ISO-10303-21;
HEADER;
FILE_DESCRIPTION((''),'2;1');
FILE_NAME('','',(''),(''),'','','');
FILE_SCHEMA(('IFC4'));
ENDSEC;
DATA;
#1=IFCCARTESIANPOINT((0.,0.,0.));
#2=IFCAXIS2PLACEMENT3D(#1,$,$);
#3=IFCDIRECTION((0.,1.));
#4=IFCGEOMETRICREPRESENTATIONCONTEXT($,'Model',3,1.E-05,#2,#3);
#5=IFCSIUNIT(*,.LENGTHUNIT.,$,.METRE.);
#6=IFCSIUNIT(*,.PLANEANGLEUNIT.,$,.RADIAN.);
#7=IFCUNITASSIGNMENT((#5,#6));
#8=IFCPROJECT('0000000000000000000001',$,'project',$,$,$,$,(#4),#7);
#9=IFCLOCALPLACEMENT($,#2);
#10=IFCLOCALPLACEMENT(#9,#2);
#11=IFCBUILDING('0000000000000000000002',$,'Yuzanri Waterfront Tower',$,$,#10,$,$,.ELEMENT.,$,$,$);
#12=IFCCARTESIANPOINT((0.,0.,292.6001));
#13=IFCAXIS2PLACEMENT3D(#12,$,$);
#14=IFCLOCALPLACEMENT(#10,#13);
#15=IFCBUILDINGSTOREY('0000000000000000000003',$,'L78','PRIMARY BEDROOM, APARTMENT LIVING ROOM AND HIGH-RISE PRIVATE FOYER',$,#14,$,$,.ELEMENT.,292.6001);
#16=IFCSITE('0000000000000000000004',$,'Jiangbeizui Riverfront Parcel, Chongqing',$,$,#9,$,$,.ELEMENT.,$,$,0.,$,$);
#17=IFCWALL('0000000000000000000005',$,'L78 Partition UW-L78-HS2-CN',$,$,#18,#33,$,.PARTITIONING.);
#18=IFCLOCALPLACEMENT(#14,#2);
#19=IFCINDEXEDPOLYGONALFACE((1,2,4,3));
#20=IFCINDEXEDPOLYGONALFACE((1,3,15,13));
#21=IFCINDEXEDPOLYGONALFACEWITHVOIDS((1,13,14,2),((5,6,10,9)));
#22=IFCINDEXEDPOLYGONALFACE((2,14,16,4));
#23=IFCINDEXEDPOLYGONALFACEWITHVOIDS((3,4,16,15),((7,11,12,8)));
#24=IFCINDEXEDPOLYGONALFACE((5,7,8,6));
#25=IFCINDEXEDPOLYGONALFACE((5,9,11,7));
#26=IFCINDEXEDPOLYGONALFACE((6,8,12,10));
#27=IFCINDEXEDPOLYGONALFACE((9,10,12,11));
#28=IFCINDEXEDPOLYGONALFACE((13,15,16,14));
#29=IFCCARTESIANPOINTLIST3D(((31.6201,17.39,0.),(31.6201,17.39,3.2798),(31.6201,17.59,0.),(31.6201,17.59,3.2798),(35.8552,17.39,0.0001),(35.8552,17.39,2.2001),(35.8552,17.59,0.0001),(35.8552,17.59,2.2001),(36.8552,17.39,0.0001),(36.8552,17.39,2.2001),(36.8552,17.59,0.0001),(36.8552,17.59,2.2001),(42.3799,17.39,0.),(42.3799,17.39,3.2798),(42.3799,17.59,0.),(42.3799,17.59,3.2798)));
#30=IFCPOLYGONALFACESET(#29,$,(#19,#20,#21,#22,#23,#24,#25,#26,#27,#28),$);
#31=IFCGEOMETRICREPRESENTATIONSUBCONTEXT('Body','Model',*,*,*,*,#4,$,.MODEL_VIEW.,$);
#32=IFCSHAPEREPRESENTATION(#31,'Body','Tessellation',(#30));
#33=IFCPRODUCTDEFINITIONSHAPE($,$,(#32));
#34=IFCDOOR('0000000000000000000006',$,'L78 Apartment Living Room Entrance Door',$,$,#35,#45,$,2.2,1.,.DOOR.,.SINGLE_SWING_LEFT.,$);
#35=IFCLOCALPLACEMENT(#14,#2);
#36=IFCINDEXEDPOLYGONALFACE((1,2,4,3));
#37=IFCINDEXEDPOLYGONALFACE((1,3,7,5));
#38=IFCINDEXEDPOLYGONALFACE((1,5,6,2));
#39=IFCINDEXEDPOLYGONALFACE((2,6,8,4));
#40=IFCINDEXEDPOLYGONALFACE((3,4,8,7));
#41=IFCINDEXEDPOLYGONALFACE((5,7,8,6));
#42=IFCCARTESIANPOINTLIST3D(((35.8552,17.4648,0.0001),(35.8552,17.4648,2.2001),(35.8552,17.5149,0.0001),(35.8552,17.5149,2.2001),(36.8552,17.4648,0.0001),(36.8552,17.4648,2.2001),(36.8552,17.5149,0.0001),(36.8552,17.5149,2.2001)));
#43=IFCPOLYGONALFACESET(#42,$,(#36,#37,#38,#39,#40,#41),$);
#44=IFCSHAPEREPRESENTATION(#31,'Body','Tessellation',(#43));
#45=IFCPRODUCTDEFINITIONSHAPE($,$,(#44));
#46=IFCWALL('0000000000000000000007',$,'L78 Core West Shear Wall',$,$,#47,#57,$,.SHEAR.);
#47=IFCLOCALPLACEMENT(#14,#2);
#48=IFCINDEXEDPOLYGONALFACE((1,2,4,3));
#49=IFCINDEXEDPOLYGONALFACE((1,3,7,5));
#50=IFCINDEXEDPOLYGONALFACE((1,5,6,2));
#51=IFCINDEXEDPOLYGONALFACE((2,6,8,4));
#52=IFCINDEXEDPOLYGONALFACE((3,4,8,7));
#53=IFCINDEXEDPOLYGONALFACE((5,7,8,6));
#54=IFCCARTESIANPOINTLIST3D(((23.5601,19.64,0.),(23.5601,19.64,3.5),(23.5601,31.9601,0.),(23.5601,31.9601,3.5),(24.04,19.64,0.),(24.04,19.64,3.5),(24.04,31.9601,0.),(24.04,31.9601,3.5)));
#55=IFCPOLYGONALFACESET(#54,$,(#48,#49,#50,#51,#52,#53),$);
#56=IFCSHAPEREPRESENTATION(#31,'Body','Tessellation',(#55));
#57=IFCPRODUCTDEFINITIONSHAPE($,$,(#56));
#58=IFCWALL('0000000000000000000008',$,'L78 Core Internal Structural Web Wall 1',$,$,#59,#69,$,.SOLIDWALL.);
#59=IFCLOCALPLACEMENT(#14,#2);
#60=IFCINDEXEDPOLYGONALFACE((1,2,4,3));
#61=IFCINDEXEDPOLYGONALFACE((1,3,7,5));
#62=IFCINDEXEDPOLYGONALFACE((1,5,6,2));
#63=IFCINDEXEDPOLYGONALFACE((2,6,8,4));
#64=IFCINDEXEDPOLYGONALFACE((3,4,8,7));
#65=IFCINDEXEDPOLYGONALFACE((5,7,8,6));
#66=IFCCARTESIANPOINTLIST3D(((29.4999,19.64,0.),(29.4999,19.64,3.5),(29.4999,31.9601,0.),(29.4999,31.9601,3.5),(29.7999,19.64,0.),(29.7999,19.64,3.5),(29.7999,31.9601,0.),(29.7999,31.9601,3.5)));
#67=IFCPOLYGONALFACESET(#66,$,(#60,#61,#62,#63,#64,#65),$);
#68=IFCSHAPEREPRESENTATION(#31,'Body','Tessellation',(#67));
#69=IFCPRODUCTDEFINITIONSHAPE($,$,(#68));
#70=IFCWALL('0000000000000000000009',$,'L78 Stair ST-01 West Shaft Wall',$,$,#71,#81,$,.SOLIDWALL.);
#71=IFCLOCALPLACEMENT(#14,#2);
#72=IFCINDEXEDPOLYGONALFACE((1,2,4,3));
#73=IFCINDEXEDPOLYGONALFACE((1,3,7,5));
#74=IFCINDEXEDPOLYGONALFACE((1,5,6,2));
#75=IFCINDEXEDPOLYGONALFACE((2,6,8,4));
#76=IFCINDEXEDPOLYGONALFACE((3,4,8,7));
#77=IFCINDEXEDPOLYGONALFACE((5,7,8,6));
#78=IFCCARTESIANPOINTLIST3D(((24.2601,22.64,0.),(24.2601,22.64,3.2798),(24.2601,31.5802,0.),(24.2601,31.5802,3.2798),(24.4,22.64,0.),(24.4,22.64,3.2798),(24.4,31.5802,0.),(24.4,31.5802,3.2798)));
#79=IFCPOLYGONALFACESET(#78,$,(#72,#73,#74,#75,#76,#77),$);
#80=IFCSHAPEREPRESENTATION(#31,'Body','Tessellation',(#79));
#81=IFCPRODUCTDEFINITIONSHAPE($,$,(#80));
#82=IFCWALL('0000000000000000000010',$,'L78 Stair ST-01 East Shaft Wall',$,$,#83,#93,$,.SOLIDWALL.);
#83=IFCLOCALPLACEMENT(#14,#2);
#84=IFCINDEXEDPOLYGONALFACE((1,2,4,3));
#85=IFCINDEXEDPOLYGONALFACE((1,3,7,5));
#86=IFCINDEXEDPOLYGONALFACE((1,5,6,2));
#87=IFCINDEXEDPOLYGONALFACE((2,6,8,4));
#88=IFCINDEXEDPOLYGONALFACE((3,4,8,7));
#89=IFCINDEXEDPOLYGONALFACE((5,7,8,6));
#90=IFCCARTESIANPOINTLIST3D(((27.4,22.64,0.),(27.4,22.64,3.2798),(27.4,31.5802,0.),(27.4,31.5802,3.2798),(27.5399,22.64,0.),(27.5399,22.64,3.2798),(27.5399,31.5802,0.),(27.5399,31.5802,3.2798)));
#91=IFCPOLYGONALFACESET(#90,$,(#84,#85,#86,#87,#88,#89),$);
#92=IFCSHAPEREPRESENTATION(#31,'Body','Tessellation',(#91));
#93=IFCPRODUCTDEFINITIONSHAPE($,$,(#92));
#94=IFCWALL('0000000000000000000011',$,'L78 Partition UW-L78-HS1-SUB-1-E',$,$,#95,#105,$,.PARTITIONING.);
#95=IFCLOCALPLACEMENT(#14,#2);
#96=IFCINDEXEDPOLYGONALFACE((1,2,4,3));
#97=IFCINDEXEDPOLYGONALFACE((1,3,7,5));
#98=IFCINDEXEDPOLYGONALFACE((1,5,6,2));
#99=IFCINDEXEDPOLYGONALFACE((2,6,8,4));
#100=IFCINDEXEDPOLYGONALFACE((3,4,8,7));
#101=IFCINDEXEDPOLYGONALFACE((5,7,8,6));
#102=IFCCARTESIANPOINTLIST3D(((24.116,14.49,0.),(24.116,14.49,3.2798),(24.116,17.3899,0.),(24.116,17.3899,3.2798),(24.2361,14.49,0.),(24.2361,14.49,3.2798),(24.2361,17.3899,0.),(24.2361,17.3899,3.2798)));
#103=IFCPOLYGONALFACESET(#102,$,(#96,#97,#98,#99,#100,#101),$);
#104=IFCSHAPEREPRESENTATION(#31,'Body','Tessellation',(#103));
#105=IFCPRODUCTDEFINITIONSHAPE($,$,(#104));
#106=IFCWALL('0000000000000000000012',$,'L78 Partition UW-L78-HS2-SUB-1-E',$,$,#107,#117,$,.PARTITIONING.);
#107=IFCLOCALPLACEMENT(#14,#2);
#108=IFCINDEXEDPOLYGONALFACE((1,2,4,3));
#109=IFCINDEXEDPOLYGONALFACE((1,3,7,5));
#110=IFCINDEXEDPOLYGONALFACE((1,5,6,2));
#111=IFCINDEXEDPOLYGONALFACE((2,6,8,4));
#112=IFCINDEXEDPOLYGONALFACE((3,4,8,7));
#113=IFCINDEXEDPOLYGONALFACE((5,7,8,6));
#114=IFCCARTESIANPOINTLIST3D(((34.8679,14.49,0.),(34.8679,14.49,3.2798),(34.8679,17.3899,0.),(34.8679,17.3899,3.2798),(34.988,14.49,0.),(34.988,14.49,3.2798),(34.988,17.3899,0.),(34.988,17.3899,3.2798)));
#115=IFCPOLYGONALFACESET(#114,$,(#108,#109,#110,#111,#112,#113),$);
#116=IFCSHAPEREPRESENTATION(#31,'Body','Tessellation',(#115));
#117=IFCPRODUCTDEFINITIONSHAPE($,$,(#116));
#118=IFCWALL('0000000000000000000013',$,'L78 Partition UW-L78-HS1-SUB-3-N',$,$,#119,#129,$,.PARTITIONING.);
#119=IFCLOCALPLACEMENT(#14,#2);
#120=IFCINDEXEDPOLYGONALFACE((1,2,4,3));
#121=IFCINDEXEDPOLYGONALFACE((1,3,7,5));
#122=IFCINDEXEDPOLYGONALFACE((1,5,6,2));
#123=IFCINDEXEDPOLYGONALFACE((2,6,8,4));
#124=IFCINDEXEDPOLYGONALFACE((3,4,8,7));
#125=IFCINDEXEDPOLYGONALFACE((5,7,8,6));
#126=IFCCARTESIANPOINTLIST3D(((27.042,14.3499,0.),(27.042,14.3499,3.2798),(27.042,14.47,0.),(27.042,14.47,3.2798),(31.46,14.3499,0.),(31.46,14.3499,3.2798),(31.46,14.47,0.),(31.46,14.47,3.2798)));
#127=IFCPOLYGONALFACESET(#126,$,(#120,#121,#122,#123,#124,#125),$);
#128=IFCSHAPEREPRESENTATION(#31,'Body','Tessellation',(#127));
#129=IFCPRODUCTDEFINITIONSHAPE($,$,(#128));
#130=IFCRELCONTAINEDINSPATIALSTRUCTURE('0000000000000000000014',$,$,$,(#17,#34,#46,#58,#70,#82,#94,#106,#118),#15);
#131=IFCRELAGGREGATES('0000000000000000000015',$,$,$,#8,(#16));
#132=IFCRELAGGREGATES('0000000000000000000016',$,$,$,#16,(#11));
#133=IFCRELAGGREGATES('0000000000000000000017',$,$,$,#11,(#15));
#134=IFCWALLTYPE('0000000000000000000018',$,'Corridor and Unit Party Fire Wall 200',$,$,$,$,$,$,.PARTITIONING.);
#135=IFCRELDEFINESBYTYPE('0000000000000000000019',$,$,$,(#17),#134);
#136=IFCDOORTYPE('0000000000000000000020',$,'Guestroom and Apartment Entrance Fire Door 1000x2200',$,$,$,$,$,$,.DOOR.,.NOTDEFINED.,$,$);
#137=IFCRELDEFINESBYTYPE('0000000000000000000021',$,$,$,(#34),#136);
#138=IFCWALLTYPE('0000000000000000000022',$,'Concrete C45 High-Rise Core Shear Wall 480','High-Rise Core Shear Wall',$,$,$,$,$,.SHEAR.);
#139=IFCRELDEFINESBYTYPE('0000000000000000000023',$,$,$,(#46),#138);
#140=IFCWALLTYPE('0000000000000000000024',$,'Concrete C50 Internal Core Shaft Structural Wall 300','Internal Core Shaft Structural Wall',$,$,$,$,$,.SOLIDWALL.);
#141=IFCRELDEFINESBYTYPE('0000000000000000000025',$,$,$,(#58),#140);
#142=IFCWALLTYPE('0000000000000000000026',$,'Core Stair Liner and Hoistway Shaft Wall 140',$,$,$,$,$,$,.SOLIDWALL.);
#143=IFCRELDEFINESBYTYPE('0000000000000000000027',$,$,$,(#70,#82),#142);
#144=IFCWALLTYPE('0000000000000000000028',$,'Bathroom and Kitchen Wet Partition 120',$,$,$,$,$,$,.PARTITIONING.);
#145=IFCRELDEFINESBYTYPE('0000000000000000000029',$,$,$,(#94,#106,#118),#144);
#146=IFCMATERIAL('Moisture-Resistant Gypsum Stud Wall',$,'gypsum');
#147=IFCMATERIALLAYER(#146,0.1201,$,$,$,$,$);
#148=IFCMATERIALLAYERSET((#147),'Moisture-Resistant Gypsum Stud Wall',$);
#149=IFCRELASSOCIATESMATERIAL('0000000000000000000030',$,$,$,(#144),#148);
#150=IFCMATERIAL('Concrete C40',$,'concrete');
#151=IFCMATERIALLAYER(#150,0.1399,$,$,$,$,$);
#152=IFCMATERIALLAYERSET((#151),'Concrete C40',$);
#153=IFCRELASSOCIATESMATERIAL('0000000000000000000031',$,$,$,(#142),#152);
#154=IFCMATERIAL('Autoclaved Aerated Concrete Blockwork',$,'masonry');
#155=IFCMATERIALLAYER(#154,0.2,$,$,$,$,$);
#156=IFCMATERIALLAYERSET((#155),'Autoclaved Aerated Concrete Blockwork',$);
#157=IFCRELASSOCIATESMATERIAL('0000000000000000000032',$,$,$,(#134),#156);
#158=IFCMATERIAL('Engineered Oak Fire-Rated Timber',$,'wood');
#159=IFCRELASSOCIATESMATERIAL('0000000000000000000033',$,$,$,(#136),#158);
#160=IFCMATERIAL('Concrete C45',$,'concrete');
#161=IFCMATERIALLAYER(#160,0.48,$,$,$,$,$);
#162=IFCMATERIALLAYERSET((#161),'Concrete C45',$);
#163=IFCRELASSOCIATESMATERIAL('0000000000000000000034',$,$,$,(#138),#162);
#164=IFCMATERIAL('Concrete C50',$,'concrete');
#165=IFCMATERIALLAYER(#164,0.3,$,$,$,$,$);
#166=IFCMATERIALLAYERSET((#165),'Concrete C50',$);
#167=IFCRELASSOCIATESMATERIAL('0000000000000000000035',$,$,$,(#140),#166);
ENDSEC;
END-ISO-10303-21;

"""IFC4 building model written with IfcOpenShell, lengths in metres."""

from ifc_helpers import new_model, si_unit, direction, frame, frame_2d, origin, place, context, subcontext, project, spatial, rectangle, extrude, source, transform, mapped, material, layer, layer_set, type_object, element, fill, save


model = new_model("IFC4")

# Units and contexts
model_context = context("Model", 3, precision=1e-05, world=origin(), true_north=direction((0.0, 1.0)))
body_context = subcontext(model_context, "Body", "Model", "MODEL_VIEW")
ifc_project = project(units=[si_unit("LENGTHUNIT", "METRE"), si_unit("PLANEANGLEUNIT", "RADIAN")], contexts=[model_context])

# Site, building, storey
site_placement = place(None, origin())
site = spatial("IfcSite", under=ifc_project, at=site_placement, Name="Jiangbeizui Riverfront Parcel, Chongqing", CompositionType="ELEMENT", RefElevation=0.0)
building_placement = place(site_placement, origin())
building = spatial("IfcBuilding", under=site, at=building_placement, Name="Yuzanri Waterfront Tower", CompositionType="ELEMENT")
storey_placement = place(building_placement, frame((0.0, 0.0, 292.6001)))
storey = spatial("IfcBuildingStorey", under=building, at=storey_placement, Name="L78", Description="PRIMARY BEDROOM, APARTMENT LIVING ROOM AND HIGH-RISE PRIVATE FOYER", CompositionType="ELEMENT", Elevation=292.6001)

# Wall, opening, door
ifc_material_1 = material(Name="Moisture-Resistant Gypsum Stud Wall", Category="gypsum")
ifc_layer_1 = layer(ifc_material_1, 0.1201)
ifc_layer_set_1 = layer_set([ifc_layer_1], Name="Moisture-Resistant Gypsum Stud Wall")
wall_type_1 = type_object("IfcWallType", Name="Bathroom and Kitchen Wet Partition 120", PredefinedType="PARTITIONING", material=ifc_layer_set_1)
ifc_material_2 = material(Name="Concrete C40", Category="concrete")
ifc_layer_2 = layer(ifc_material_2, 0.1399)
ifc_layer_set_2 = layer_set([ifc_layer_2], Name="Concrete C40")
wall_type_2 = type_object("IfcWallType", Name="Core Stair Liner and Hoistway Shaft Wall 140", PredefinedType="SOLIDWALL", material=ifc_layer_set_2)
ifc_material_3 = material(Name="Autoclaved Aerated Concrete Blockwork", Category="masonry")
ifc_layer_3 = layer(ifc_material_3, 0.2)
ifc_layer_set_3 = layer_set([ifc_layer_3], Name="Autoclaved Aerated Concrete Blockwork")
wall_type_3 = type_object("IfcWallType", Name="Corridor and Unit Party Fire Wall 200", PredefinedType="PARTITIONING", material=ifc_layer_set_3)
wall_1_placement = place(storey_placement, frame((31.6201, 17.49, 0.0), z_axis=(0.0, 0.0, 1.0), x_axis=(1.0, 0.0, 0.0)))
wall_1 = element("IfcWall", 1, at=wall_1_placement, inside=storey, type_object=wall_type_3, Name="L78 Partition UW-L78-HS2-CN", PredefinedType="PARTITIONING", context=body_context, shape_type="SweptSolid", body=[
    extrude(rectangle(XDim=10.7598, YDim=0.2, at=frame_2d((5.3799, 0.0))), origin(), (0.0, 0.0, 1.0), 3.2798),
])
opening_1_placement = place(wall_1_placement, frame((4.2351, 0.0, 0.0)))
opening_1 = element("IfcOpeningElement", 2, at=opening_1_placement, cuts=wall_1, PredefinedType="OPENING", context=body_context, shape_type="SweptSolid", body=[
    extrude(rectangle(XDim=1.0, YDim=2.2, at=frame_2d((0.5, 1.1001))), frame((0.0, 0.1147, 0.0), z_axis=(0.0, -1.0, 0.0), x_axis=(1.0, 0.0, 0.0)), (0.0, 0.0, 1.0), 0.2297),
])
ifc_material_4 = material(Name="Engineered Oak Fire-Rated Timber", Category="wood")
door_type_1 = type_object("IfcDoorType", Name="Guestroom and Apartment Entrance Fire Door 1000x2200", OperationType="NOTDEFINED", PredefinedType="DOOR", material=ifc_material_4)
shared_shape_1 = source(origin(), body_context, "Body", "SweptSolid", [
    extrude(rectangle(XDim=1.0, YDim=2.2, at=frame_2d((0.5, 1.1001))), frame((0.0, 0.0249, 0.0), z_axis=(0.0, -1.0, 0.0), x_axis=(1.0, 0.0, 0.0)), (0.0, 0.0, 1.0), 0.05),
])
door_1_placement = place(opening_1_placement, origin())
door_1 = element("IfcDoor", 3, at=door_1_placement, inside=storey, type_object=door_type_1, Name="L78 Apartment Living Room Entrance Door", OperationType="SINGLE_SWING_LEFT", OverallHeight=2.2, OverallWidth=1.0, PredefinedType="DOOR", context=body_context, shape_type="MappedRepresentation", body=[
    mapped(shared_shape_1, transform((0.0, 0.0, 0.0), scale=1.0)),
])
fill(opening_1, door_1)

# Walls
ifc_material_5 = material(Name="Concrete C45", Category="concrete")
ifc_layer_4 = layer(ifc_material_5, 0.48)
ifc_layer_set_4 = layer_set([ifc_layer_4], Name="Concrete C45")
wall_type_4 = type_object("IfcWallType", Name="Concrete C45 High-Rise Core Shear Wall 480", Description="High-Rise Core Shear Wall", PredefinedType="SHEAR", material=ifc_layer_set_4)
shared_shape_2 = source(origin(), body_context, "Body", "SweptSolid", [
    extrude(rectangle(XDim=12.3201, YDim=0.48, at=frame_2d((6.1602, 0.0))), origin(), (0.0, 0.0, 1.0), 3.5),
])
wall_2_placement = place(storey_placement, frame((23.8, 19.6399, 0.0), z_axis=(0.0, 0.0, 1.0), x_axis=(0.0, 1.0, 0.0)))
element("IfcWall", 4, at=wall_2_placement, inside=storey, type_object=wall_type_4, Name="L78 Core West Shear Wall", PredefinedType="SHEAR", context=body_context, shape_type="MappedRepresentation", body=[
    mapped(shared_shape_2, transform((0.0, 0.0, 0.0), scale=1.0)),
])
ifc_material_6 = material(Name="Concrete C50", Category="concrete")
ifc_layer_5 = layer(ifc_material_6, 0.3)
ifc_layer_set_5 = layer_set([ifc_layer_5], Name="Concrete C50")
wall_type_5 = type_object("IfcWallType", Name="Concrete C50 Internal Core Shaft Structural Wall 300", Description="Internal Core Shaft Structural Wall", PredefinedType="SOLIDWALL", material=ifc_layer_set_5)
shared_shape_3 = source(origin(), body_context, "Body", "SweptSolid", [
    extrude(rectangle(XDim=12.3201, YDim=0.3, at=frame_2d((6.1602, 0.0))), origin(), (0.0, 0.0, 1.0), 3.5),
])
wall_3_placement = place(storey_placement, frame((29.6499, 19.6399, 0.0), z_axis=(0.0, 0.0, 1.0), x_axis=(0.0, 1.0, 0.0)))
element("IfcWall", 5, at=wall_3_placement, inside=storey, type_object=wall_type_5, Name="L78 Core Internal Structural Web Wall 1", PredefinedType="SOLIDWALL", context=body_context, shape_type="MappedRepresentation", body=[
    mapped(shared_shape_3, transform((0.0, 0.0, 0.0), scale=1.0)),
])
shared_shape_4 = source(origin(), body_context, "Body", "SweptSolid", [
    extrude(rectangle(XDim=8.9402, YDim=0.1399, at=frame_2d((4.4702, 0.0))), origin(), (0.0, 0.0, 1.0), 3.2798),
])
for number, where, z_axis, x_axis, name in (
    (6, (24.3301, 22.6399, 0.0), (0.0, 0.0, 1.0), (0.0, 1.0, 0.0), "L78 Stair ST-01 West Shaft Wall"),
    (7, (27.47, 22.6399, 0.0), (0.0, 0.0, 1.0), (0.0, 1.0, 0.0), "L78 Stair ST-01 East Shaft Wall"),
):
    element("IfcWall", number, at=place(storey_placement, frame(where, z_axis=z_axis, x_axis=x_axis)), inside=storey, type_object=wall_type_2, Name=name, PredefinedType="SOLIDWALL", context=body_context, shape_type="MappedRepresentation", body=[
        mapped(shared_shape_4, transform((0.0, 0.0, 0.0), scale=1.0)),
    ])
shared_shape_5 = source(origin(), body_context, "Body", "SweptSolid", [
    extrude(rectangle(XDim=2.8999, YDim=0.1201, at=frame_2d((1.45, 0.0))), origin(), (0.0, 0.0, 1.0), 3.2798),
])
for number, where, z_axis, x_axis, name in (
    (8, (24.176, 14.49, 0.0), (0.0, 0.0, 1.0), (0.0, 1.0, 0.0), "L78 Partition UW-L78-HS1-SUB-1-E"),
    (9, (34.928, 14.49, 0.0), (0.0, 0.0, 1.0), (0.0, 1.0, 0.0), "L78 Partition UW-L78-HS2-SUB-1-E"),
):
    element("IfcWall", number, at=place(storey_placement, frame(where, z_axis=z_axis, x_axis=x_axis)), inside=storey, type_object=wall_type_1, Name=name, PredefinedType="PARTITIONING", context=body_context, shape_type="MappedRepresentation", body=[
        mapped(shared_shape_5, transform((0.0, 0.0, 0.0), scale=1.0)),
    ])
shared_shape_6 = source(origin(), body_context, "Body", "SweptSolid", [
    extrude(rectangle(XDim=4.418, YDim=0.1201, at=frame_2d((2.209, 0.0))), origin(), (0.0, 0.0, 1.0), 3.2798),
])
wall_4_placement = place(storey_placement, frame((27.042, 14.4099, 0.0), z_axis=(0.0, 0.0, 1.0), x_axis=(1.0, 0.0, 0.0)))
element("IfcWall", 10, at=wall_4_placement, inside=storey, type_object=wall_type_1, Name="L78 Partition UW-L78-HS1-SUB-3-N", PredefinedType="PARTITIONING", context=body_context, shape_type="MappedRepresentation", body=[
    mapped(shared_shape_6, transform((0.0, 0.0, 0.0), scale=1.0)),
])

save(model, "model.ifc")
